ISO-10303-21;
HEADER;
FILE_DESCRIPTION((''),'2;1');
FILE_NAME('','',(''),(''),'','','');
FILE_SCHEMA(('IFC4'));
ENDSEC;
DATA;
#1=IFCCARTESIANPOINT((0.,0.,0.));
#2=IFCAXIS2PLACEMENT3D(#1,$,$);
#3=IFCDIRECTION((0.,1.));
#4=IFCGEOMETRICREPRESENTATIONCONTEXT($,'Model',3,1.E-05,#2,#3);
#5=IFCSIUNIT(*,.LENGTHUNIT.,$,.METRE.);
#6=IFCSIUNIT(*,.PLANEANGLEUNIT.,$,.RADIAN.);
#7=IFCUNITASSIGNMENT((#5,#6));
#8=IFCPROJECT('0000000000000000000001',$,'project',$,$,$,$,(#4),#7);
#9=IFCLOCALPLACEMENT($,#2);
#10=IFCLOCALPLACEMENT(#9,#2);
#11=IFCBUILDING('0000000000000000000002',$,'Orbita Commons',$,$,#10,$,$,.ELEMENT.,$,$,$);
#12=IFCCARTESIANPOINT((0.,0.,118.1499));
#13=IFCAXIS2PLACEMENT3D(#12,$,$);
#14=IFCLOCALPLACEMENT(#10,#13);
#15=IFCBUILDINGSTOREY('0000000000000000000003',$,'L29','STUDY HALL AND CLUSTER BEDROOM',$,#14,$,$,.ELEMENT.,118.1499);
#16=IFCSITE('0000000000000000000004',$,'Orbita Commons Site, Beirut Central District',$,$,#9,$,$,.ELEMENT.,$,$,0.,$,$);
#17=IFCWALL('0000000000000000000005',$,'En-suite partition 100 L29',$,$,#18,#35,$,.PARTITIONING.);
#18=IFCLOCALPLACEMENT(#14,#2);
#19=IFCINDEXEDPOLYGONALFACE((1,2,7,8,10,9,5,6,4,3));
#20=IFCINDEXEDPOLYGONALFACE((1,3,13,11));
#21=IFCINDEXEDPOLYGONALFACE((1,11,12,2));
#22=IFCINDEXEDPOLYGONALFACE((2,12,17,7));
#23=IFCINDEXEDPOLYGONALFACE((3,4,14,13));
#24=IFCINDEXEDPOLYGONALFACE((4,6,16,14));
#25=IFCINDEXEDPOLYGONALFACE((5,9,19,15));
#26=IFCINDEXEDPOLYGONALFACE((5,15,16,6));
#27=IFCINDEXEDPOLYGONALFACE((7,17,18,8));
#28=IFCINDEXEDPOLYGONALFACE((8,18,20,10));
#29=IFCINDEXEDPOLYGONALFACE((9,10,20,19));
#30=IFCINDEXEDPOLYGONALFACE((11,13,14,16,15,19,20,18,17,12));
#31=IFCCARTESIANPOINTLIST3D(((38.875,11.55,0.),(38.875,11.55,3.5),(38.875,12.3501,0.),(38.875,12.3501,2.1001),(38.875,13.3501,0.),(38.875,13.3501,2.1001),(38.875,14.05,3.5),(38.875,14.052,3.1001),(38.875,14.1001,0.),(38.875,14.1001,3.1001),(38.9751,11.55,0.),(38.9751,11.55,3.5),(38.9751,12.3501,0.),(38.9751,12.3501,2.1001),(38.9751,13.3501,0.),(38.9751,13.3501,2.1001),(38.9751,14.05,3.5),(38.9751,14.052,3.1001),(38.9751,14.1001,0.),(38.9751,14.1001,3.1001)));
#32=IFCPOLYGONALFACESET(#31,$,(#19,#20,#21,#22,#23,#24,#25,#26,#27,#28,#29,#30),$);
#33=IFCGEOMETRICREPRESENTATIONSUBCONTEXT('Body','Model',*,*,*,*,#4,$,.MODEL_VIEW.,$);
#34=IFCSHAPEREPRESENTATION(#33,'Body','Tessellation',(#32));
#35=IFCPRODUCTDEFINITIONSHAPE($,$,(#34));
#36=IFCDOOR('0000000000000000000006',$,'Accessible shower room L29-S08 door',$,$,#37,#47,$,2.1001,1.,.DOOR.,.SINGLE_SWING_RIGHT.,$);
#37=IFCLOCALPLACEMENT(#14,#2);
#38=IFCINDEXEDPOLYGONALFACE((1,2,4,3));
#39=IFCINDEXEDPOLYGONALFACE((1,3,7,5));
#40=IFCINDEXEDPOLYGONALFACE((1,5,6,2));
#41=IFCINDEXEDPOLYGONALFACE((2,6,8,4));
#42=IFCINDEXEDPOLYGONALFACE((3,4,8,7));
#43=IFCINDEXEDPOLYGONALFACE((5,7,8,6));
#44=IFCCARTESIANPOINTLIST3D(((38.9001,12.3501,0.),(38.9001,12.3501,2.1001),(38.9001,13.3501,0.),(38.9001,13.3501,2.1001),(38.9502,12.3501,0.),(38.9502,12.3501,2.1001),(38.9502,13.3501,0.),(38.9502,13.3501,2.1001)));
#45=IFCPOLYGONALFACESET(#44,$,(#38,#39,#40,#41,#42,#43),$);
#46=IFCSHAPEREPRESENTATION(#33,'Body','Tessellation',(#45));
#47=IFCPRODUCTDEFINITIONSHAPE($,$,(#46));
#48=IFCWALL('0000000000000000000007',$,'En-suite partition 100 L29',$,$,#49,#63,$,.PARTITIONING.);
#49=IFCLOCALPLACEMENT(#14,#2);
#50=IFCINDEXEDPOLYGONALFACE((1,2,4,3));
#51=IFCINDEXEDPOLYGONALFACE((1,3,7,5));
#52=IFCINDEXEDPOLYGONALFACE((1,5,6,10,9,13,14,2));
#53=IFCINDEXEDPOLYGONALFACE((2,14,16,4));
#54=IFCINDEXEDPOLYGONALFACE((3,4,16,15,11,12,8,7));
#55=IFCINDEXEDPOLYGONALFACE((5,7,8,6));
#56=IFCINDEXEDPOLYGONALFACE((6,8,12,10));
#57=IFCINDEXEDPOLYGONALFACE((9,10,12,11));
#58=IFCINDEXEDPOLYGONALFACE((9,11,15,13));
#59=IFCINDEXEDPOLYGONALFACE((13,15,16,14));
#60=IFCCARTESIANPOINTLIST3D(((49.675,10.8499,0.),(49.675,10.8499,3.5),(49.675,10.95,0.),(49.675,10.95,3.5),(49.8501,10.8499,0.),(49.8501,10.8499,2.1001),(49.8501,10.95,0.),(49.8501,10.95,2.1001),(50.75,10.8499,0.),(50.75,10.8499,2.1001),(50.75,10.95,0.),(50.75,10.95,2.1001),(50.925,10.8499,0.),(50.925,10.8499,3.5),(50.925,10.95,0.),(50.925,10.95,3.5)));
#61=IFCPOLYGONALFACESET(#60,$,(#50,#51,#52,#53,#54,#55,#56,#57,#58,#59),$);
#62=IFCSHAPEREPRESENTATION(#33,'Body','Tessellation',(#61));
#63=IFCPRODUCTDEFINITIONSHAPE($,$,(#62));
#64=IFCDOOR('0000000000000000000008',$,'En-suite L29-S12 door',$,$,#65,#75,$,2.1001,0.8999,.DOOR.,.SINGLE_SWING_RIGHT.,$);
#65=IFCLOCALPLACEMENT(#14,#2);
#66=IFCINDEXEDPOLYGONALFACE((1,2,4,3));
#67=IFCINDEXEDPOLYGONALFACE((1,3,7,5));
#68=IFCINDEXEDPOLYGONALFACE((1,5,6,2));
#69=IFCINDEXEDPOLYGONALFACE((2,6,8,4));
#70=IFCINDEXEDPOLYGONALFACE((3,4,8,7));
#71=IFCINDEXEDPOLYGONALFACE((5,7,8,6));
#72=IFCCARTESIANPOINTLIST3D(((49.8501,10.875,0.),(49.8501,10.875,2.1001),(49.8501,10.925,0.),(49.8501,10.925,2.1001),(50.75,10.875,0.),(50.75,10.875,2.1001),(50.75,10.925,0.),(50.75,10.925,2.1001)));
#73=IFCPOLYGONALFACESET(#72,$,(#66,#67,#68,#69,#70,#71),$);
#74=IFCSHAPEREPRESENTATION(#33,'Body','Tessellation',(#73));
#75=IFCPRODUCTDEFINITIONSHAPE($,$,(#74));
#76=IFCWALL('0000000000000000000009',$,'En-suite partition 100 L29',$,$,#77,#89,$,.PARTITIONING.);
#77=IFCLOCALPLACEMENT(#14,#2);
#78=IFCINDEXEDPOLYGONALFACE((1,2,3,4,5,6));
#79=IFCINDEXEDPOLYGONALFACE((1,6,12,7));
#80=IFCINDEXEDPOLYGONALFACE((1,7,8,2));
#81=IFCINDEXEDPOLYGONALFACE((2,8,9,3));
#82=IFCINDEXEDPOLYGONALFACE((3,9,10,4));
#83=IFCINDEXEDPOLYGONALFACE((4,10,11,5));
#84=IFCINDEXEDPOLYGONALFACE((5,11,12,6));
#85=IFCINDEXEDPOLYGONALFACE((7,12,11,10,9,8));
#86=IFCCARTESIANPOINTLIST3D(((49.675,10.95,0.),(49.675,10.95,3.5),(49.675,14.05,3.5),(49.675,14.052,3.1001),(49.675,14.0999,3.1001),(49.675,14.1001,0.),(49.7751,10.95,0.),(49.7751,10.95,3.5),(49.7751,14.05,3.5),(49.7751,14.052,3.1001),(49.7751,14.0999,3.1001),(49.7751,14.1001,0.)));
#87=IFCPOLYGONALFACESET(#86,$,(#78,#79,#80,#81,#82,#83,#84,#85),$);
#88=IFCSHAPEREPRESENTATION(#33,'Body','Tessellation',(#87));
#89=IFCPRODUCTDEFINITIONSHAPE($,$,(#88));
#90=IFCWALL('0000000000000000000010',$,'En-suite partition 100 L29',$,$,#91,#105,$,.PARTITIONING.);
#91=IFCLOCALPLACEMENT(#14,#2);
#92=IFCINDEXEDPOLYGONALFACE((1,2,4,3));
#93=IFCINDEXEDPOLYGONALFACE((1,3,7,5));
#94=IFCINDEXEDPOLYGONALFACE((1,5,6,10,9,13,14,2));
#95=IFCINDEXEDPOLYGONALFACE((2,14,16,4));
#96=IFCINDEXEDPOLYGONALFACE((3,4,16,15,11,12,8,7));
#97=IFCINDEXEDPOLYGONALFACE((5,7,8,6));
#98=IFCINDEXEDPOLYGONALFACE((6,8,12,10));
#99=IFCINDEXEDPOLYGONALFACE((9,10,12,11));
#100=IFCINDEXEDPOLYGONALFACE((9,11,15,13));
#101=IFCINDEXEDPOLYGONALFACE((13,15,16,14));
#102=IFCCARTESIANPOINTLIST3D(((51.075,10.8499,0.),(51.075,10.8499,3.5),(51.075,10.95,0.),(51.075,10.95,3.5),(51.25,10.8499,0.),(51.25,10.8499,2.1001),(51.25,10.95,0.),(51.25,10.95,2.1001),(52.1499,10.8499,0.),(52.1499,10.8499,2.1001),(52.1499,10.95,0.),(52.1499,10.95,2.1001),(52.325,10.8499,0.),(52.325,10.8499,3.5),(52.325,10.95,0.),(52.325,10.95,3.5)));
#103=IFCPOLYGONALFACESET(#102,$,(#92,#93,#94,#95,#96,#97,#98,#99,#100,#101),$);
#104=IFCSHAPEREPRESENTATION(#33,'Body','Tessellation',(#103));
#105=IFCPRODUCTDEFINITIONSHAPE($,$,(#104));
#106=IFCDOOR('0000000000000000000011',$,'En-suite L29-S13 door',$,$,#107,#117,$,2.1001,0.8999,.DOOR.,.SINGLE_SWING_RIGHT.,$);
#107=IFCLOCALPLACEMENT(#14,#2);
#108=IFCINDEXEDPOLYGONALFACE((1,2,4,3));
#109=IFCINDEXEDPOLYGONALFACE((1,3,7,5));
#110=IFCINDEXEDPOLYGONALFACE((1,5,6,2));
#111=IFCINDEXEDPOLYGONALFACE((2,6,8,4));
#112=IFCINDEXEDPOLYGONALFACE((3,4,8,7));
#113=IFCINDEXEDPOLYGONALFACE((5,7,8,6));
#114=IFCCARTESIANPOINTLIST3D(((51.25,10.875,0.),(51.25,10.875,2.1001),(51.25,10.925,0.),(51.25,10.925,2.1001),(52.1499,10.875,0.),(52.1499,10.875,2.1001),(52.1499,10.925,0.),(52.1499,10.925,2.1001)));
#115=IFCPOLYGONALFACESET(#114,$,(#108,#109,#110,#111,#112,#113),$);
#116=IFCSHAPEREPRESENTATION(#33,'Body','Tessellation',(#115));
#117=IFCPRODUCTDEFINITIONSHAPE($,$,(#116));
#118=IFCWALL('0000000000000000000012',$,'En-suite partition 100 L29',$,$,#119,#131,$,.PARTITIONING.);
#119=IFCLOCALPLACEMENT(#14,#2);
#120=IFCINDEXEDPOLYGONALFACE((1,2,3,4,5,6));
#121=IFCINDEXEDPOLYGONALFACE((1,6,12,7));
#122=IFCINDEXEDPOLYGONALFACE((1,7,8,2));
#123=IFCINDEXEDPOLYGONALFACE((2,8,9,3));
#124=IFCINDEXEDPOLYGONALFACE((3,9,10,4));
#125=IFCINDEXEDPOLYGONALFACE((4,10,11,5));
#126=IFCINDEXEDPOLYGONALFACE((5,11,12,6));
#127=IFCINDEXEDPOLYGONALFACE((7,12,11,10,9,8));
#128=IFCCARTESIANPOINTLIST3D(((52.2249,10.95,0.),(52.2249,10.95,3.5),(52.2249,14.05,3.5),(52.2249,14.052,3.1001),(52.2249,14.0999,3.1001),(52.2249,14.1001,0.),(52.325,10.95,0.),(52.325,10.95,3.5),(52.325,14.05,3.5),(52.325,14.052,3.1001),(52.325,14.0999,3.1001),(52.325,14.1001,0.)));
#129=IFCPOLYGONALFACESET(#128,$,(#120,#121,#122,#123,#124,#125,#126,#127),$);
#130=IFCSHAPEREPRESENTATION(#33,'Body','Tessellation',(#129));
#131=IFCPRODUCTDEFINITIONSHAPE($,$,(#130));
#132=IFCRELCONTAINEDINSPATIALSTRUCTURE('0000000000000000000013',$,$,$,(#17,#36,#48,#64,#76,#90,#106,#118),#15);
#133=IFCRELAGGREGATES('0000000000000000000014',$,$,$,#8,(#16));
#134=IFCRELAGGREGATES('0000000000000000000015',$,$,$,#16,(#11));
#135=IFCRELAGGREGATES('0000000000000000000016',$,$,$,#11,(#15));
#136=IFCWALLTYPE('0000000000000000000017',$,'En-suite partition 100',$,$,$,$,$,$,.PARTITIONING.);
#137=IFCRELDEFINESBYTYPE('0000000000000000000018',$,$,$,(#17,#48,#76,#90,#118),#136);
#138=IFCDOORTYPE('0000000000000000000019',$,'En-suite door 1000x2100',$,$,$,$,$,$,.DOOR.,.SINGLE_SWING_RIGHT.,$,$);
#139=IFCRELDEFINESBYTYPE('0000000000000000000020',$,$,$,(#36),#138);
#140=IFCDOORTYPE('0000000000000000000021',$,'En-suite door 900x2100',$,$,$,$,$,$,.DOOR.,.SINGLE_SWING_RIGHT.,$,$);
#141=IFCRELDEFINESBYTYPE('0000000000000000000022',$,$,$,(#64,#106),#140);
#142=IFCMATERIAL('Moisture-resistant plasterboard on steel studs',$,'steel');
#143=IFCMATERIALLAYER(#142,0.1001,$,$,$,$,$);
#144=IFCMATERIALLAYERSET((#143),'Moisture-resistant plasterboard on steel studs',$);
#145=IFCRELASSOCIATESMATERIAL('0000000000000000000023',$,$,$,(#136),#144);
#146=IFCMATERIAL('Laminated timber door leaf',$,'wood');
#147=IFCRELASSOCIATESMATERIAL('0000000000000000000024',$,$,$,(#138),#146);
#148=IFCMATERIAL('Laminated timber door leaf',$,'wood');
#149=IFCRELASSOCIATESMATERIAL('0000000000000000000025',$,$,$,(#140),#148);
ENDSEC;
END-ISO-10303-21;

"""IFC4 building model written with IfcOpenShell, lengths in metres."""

from ifc_helpers import new_model, si_unit, direction, frame, frame_2d, origin, place, context, subcontext, project, spatial, polyline, rectangle, outline, extrude, material, layer, layer_set, type_object, element, fill, save


model = new_model("IFC4")

# Units and contexts
model_context = context("Model", 3, precision=1e-05, world=origin(), true_north=direction((0.0, 1.0)))
body_context = subcontext(model_context, "Body", "Model", "MODEL_VIEW")
ifc_project = project(units=[si_unit("LENGTHUNIT", "METRE"), si_unit("PLANEANGLEUNIT", "RADIAN")], contexts=[model_context])

# Site, building, storey
site_placement = place(None, origin())
site = spatial("IfcSite", under=ifc_project, at=site_placement, Name="Orbita Commons Site, Beirut Central District", CompositionType="ELEMENT", RefElevation=0.0)
building_placement = place(site_placement, origin())
building = spatial("IfcBuilding", under=site, at=building_placement, Name="Orbita Commons", CompositionType="ELEMENT")
storey_placement = place(building_placement, frame((0.0, 0.0, 118.1499)))
storey = spatial("IfcBuildingStorey", under=building, at=storey_placement, Name="L29", Description="STUDY HALL AND CLUSTER BEDROOM", CompositionType="ELEMENT", Elevation=118.1499)

# Shared definitions
ifc_material_1 = material(Name="Moisture-resistant plasterboard on steel studs", Category="steel")
ifc_layer_1 = layer(ifc_material_1, 0.1001)
ifc_layer_set_1 = layer_set([ifc_layer_1], Name="Moisture-resistant plasterboard on steel studs")
wall_type_1 = type_object("IfcWallType", Name="En-suite partition 100", PredefinedType="PARTITIONING", material=ifc_layer_set_1)

# Walls, openings, doors
wall_1_placement = place(storey_placement, frame((38.925, 11.55, 0.0), z_axis=(0.0, 0.0, 1.0), x_axis=(0.0, 1.0, 0.0)))
wall_1 = element("IfcWall", 1, at=wall_1_placement, inside=storey, type_object=wall_type_1, Name="En-suite partition 100 L29", PredefinedType="PARTITIONING", context=body_context, shape_type="SweptSolid", body=[
    extrude(outline(polyline([(0.0, 0.0), (2.55, 0.0), (2.55, 3.1001), (2.502, 3.1001), (2.5, 3.5), (0.0, 3.5), (0.0, 0.0)])), frame((0.0, 0.05, 0.0), z_axis=(0.0, -1.0, 0.0), x_axis=(1.0, 0.0, 0.0)), (0.0, 0.0, 1.0), 0.1001),
])
opening_1_placement = place(wall_1_placement, frame((0.8, 0.0, 0.0)))
opening_1 = element("IfcOpeningElement", 2, at=opening_1_placement, cuts=wall_1, PredefinedType="OPENING", context=body_context, shape_type="SweptSolid", body=[
    extrude(rectangle(XDim=1.0, YDim=2.1001, at=frame_2d((0.5, 1.05))), frame((0.0, 0.0601, 0.0), z_axis=(0.0, -1.0, 0.0), x_axis=(1.0, 0.0, 0.0)), (0.0, 0.0, 1.0), 0.1201),
])
ifc_material_2 = material(Name="Laminated timber door leaf", Category="wood")
door_type_1 = type_object("IfcDoorType", Name="En-suite door 1000x2100", OperationType="SINGLE_SWING_RIGHT", PredefinedType="DOOR", material=ifc_material_2)
door_1_placement = place(opening_1_placement, origin())
door_1 = element("IfcDoor", 3, at=door_1_placement, inside=storey, type_object=door_type_1, Name="Accessible shower room L29-S08 door", OperationType="SINGLE_SWING_RIGHT", OverallHeight=2.1001, OverallWidth=1.0, PredefinedType="DOOR", context=body_context, shape_type="SweptSolid", body=[
    extrude(rectangle(XDim=1.0, YDim=2.1001, at=frame_2d((0.5, 1.05))), frame((0.0, 0.0249, 0.0), z_axis=(0.0, -1.0, 0.0), x_axis=(1.0, 0.0, 0.0)), (0.0, 0.0, 1.0), 0.05),
])
fill(opening_1, door_1)
wall_2_placement = place(storey_placement, frame((50.925, 10.8999, 0.0), z_axis=(0.0, 0.0, 1.0), x_axis=(-1.0, 0.0, 0.0)))
wall_2 = element("IfcWall", 4, at=wall_2_placement, inside=storey, type_object=wall_type_1, Name="En-suite partition 100 L29", PredefinedType="PARTITIONING", context=body_context, shape_type="SweptSolid", body=[
    extrude(rectangle(XDim=1.25, YDim=0.1001, at=frame_2d((0.625, 0.0))), origin(), (0.0, 0.0, 1.0), 3.5),
])
opening_2_placement = place(wall_2_placement, frame((0.175, 0.0, 0.0)))
opening_2 = element("IfcOpeningElement", 5, at=opening_2_placement, cuts=wall_2, PredefinedType="OPENING", context=body_context, shape_type="SweptSolid", body=[
    extrude(rectangle(XDim=0.8999, YDim=2.1001, at=frame_2d((0.45, 1.05))), frame((0.0, 0.0601, 0.0), z_axis=(0.0, -1.0, 0.0), x_axis=(1.0, 0.0, 0.0)), (0.0, 0.0, 1.0), 0.1201),
])
ifc_material_3 = material(Name="Laminated timber door leaf", Category="wood")
door_type_2 = type_object("IfcDoorType", Name="En-suite door 900x2100", OperationType="SINGLE_SWING_RIGHT", PredefinedType="DOOR", material=ifc_material_3)
door_2_placement = place(opening_2_placement, origin())
door_2 = element("IfcDoor", 6, at=door_2_placement, inside=storey, type_object=door_type_2, Name="En-suite L29-S12 door", OperationType="SINGLE_SWING_RIGHT", OverallHeight=2.1001, OverallWidth=0.8999, PredefinedType="DOOR", context=body_context, shape_type="SweptSolid", body=[
    extrude(rectangle(XDim=0.8999, YDim=2.1001, at=frame_2d((0.45, 1.05))), frame((0.0, 0.0249, 0.0), z_axis=(0.0, -1.0, 0.0), x_axis=(1.0, 0.0, 0.0)), (0.0, 0.0, 1.0), 0.05),
])
fill(opening_2, door_2)

# Wall
wall_3_placement = place(storey_placement, frame((49.7251, 10.95, 0.0), z_axis=(0.0, 0.0, 1.0), x_axis=(0.0, 1.0, 0.0)))
element("IfcWall", 7, at=wall_3_placement, inside=storey, type_object=wall_type_1, Name="En-suite partition 100 L29", PredefinedType="PARTITIONING", context=body_context, shape_type="SweptSolid", body=[
    extrude(outline(polyline([(0.0, 0.0), (3.1501, 0.0), (3.1499, 3.1001), (3.1021, 3.1001), (3.1001, 3.5), (0.0, 3.5), (0.0, 0.0)])), frame((0.0, 0.05, 0.0), z_axis=(0.0, -1.0, 0.0), x_axis=(1.0, 0.0, 0.0)), (0.0, 0.0, 1.0), 0.1001),
])

# Wall, opening, door
wall_4_placement = place(storey_placement, frame((52.325, 10.8999, 0.0), z_axis=(0.0, 0.0, 1.0), x_axis=(-1.0, 0.0, 0.0)))
wall_4 = element("IfcWall", 8, at=wall_4_placement, inside=storey, type_object=wall_type_1, Name="En-suite partition 100 L29", PredefinedType="PARTITIONING", context=body_context, shape_type="SweptSolid", body=[
    extrude(rectangle(XDim=1.25, YDim=0.1001, at=frame_2d((0.625, 0.0))), origin(), (0.0, 0.0, 1.0), 3.5),
])
opening_3_placement = place(wall_4_placement, frame((0.175, 0.0, 0.0)))
opening_3 = element("IfcOpeningElement", 9, at=opening_3_placement, cuts=wall_4, PredefinedType="OPENING", context=body_context, shape_type="SweptSolid", body=[
    extrude(rectangle(XDim=0.8999, YDim=2.1001, at=frame_2d((0.45, 1.05))), frame((0.0, 0.0601, 0.0), z_axis=(0.0, -1.0, 0.0), x_axis=(1.0, 0.0, 0.0)), (0.0, 0.0, 1.0), 0.1201),
])
door_3_placement = place(opening_3_placement, origin())
door_3 = element("IfcDoor", 10, at=door_3_placement, inside=storey, type_object=door_type_2, Name="En-suite L29-S13 door", OperationType="SINGLE_SWING_RIGHT", OverallHeight=2.1001, OverallWidth=0.8999, PredefinedType="DOOR", context=body_context, shape_type="SweptSolid", body=[
    extrude(rectangle(XDim=0.8999, YDim=2.1001, at=frame_2d((0.45, 1.05))), frame((0.0, 0.0249, 0.0), z_axis=(0.0, -1.0, 0.0), x_axis=(1.0, 0.0, 0.0)), (0.0, 0.0, 1.0), 0.05),
])
fill(opening_3, door_3)

# Wall
wall_5_placement = place(storey_placement, frame((52.2749, 10.95, 0.0), z_axis=(0.0, 0.0, 1.0), x_axis=(0.0, 1.0, 0.0)))
element("IfcWall", 11, at=wall_5_placement, inside=storey, type_object=wall_type_1, Name="En-suite partition 100 L29", PredefinedType="PARTITIONING", context=body_context, shape_type="SweptSolid", body=[
    extrude(outline(polyline([(0.0, 0.0), (3.1501, 0.0), (3.1499, 3.1001), (3.1021, 3.1001), (3.1001, 3.5), (0.0, 3.5), (0.0, 0.0)])), frame((0.0, 0.05, 0.0), z_axis=(0.0, -1.0, 0.0), x_axis=(1.0, 0.0, 0.0)), (0.0, 0.0, 1.0), 0.1001),
])

save(model, "model.ifc")
